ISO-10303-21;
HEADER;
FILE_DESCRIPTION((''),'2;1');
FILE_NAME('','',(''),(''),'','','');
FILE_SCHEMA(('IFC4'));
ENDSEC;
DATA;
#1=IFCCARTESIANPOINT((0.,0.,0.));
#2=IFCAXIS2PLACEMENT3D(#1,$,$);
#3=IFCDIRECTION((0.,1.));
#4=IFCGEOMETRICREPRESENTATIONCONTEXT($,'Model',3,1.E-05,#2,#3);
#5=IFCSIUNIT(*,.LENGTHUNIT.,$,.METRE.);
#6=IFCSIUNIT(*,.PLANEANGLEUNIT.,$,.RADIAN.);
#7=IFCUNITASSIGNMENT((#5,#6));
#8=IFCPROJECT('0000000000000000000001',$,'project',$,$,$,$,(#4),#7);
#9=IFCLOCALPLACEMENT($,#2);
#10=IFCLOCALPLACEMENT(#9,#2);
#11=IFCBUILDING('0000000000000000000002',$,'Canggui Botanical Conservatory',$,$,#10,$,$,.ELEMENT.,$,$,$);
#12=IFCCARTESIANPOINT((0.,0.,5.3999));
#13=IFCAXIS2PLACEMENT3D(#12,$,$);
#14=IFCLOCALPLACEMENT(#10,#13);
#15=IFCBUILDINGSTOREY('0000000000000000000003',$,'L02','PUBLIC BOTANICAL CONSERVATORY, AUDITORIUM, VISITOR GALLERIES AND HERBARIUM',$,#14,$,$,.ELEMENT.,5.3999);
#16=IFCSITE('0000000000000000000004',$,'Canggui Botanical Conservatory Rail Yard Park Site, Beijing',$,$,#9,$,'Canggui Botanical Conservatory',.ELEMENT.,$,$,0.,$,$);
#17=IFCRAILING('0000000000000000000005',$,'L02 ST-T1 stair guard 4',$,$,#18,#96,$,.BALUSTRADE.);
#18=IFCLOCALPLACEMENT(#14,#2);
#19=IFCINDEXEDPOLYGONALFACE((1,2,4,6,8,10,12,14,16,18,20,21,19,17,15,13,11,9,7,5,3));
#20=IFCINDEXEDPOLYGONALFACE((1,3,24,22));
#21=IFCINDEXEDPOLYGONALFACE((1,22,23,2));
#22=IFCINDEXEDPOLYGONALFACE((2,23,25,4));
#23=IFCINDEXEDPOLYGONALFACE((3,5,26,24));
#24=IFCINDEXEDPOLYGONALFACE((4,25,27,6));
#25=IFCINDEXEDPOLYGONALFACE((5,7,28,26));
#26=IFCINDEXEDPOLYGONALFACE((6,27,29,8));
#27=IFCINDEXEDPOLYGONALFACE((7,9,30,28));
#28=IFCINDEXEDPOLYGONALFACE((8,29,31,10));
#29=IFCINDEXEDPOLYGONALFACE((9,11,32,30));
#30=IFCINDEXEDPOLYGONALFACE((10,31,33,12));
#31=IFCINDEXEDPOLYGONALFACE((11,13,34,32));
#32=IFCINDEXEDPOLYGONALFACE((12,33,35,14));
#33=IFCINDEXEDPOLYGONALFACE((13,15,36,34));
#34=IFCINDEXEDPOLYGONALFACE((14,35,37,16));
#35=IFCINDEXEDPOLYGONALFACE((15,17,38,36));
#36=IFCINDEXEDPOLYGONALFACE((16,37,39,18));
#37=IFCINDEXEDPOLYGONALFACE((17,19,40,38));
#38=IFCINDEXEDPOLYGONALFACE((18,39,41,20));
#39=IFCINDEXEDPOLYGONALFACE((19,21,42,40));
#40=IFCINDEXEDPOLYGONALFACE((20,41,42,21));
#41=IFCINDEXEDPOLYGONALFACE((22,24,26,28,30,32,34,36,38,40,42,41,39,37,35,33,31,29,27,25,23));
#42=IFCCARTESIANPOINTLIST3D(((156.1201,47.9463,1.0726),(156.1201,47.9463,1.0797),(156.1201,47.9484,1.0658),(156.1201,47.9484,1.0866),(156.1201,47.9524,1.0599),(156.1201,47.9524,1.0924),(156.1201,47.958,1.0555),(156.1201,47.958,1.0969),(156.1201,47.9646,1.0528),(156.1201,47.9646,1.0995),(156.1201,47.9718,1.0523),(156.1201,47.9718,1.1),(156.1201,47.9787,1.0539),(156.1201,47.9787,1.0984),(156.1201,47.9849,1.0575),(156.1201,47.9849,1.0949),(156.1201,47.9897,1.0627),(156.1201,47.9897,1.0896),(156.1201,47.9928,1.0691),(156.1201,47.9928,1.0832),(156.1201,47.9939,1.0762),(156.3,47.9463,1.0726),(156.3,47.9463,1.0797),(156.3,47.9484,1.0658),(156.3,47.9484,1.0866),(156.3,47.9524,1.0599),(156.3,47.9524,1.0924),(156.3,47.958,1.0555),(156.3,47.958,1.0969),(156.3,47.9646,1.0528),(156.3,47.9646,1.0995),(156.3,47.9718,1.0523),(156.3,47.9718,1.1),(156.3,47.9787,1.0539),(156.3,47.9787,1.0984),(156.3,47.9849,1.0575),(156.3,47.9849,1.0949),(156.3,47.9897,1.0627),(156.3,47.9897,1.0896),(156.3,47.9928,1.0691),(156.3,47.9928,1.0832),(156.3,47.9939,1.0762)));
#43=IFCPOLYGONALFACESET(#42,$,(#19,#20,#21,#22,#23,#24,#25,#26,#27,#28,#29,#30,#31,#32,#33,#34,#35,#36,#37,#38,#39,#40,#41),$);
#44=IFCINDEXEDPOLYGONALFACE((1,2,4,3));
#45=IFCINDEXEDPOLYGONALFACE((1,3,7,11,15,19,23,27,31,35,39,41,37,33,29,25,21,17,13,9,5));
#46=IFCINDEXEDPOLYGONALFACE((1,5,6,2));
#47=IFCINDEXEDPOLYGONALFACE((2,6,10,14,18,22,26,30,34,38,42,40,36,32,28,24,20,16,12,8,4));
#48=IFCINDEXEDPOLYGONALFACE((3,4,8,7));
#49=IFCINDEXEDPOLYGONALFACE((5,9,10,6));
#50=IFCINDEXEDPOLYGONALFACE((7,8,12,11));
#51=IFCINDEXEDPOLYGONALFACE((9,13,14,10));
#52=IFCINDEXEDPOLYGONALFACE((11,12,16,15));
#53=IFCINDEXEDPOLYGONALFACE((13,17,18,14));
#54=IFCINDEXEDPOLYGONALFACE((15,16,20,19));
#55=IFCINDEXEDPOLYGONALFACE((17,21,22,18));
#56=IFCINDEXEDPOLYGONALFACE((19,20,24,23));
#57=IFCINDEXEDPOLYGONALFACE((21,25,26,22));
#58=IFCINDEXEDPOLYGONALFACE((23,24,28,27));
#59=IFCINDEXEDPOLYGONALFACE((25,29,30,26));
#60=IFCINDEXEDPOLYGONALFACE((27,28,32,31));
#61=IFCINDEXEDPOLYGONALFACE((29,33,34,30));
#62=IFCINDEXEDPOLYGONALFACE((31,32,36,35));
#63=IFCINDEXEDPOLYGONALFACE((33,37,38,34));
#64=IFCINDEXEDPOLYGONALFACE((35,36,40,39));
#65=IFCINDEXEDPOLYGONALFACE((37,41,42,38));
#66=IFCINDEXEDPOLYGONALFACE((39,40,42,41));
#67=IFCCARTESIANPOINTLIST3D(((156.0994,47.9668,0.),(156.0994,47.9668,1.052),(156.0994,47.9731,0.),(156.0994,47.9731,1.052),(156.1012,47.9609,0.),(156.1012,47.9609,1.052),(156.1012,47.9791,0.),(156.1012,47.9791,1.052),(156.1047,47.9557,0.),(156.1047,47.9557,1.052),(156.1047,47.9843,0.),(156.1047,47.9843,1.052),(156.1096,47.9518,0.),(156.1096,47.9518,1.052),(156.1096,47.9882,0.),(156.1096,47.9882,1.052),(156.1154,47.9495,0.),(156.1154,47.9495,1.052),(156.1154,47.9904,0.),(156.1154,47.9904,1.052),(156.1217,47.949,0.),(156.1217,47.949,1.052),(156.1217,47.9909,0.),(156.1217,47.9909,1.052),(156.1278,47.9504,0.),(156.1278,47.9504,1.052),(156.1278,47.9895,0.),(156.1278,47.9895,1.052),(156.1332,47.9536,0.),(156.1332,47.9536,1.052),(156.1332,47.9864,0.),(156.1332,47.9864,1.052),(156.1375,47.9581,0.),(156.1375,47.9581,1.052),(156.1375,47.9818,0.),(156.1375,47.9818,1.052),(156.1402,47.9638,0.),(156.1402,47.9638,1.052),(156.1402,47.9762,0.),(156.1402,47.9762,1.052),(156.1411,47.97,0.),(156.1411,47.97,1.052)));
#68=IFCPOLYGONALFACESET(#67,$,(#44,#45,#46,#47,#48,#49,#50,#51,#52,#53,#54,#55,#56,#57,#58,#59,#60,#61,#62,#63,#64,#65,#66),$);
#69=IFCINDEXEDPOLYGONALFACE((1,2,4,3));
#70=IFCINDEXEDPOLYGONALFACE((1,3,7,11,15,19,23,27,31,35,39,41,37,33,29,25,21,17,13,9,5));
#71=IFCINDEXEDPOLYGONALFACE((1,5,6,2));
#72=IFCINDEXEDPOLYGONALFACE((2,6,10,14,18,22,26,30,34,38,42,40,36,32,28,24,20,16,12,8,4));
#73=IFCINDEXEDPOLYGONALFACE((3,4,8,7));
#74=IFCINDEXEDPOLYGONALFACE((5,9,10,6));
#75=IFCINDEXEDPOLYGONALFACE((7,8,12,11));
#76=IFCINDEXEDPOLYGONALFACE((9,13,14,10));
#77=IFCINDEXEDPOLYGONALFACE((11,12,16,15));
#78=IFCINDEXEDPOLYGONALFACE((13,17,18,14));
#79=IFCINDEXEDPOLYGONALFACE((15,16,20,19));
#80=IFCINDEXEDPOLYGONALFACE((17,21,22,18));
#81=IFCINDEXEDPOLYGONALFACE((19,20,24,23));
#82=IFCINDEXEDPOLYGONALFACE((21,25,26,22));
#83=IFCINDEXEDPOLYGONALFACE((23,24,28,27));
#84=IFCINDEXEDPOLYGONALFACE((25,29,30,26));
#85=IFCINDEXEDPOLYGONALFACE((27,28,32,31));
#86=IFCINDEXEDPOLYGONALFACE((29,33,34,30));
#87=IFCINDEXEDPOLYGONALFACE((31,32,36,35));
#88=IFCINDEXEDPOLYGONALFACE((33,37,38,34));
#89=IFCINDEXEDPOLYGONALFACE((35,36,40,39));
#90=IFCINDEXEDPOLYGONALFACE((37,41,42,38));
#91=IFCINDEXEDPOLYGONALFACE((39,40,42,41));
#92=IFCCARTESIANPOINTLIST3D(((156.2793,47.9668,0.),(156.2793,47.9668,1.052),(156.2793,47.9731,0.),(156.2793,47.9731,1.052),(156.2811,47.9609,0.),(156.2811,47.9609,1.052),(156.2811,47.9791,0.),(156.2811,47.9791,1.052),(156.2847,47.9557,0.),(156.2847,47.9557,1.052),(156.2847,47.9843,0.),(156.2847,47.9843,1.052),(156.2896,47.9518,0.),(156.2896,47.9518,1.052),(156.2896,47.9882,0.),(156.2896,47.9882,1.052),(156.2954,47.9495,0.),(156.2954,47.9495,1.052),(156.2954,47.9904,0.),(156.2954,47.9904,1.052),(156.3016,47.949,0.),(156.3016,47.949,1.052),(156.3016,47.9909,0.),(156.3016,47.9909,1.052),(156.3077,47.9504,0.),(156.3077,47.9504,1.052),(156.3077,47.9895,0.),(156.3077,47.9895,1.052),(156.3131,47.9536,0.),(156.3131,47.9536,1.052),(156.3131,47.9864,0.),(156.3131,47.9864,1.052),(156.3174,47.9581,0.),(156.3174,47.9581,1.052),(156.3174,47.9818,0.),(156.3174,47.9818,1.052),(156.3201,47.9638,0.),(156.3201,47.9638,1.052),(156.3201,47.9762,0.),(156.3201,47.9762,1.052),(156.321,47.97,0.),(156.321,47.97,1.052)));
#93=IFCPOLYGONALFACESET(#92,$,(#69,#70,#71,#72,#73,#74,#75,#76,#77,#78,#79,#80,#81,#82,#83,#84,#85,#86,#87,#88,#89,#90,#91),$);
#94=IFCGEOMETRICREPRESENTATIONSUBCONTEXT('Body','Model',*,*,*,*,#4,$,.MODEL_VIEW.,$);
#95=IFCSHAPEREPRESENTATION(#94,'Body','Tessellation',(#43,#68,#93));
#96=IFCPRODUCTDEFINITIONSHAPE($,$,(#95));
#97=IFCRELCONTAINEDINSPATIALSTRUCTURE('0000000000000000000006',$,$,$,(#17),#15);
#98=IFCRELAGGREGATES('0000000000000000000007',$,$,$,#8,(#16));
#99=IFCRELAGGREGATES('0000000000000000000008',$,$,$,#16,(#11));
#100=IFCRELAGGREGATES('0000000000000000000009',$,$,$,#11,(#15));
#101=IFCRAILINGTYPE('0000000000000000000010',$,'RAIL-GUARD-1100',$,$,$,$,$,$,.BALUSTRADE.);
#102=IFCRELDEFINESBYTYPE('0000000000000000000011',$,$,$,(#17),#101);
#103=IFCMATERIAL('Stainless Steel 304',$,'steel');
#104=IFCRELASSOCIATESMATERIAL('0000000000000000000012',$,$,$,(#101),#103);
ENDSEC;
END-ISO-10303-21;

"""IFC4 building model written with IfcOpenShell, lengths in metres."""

from ifc_helpers import new_model, si_unit, direction, frame, origin, origin_2d, place, context, subcontext, project, spatial, circle, extrude, material, type_object, element, save


model = new_model("IFC4")

# Units and contexts
model_context = context("Model", 3, precision=1e-05, world=origin(), true_north=direction((0.0, 1.0)))
body_context = subcontext(model_context, "Body", "Model", "MODEL_VIEW")
ifc_project = project(units=[si_unit("LENGTHUNIT", "METRE"), si_unit("PLANEANGLEUNIT", "RADIAN")], contexts=[model_context])

# Site, building, storey
site_placement = place(None, origin())
site = spatial("IfcSite", under=ifc_project, at=site_placement, Name="Canggui Botanical Conservatory Rail Yard Park Site, Beijing", LongName="Canggui Botanical Conservatory", CompositionType="ELEMENT", RefElevation=0.0)
building_placement = place(site_placement, origin())
building = spatial("IfcBuilding", under=site, at=building_placement, Name="Canggui Botanical Conservatory", CompositionType="ELEMENT")
storey_placement = place(building_placement, frame((0.0, 0.0, 5.3999)))
storey = spatial("IfcBuildingStorey", under=building, at=storey_placement, Name="L02", Description="PUBLIC BOTANICAL CONSERVATORY, AUDITORIUM, VISITOR GALLERIES AND HERBARIUM", CompositionType="ELEMENT", Elevation=5.3999)

# Railing
ifc_material_1 = material(Name="Stainless Steel 304", Category="steel")
railing_type_1 = type_object("IfcRailingType", Name="RAIL-GUARD-1100", PredefinedType="BALUSTRADE", material=ifc_material_1)
railing_1_placement = place(storey_placement, frame((156.1201, 47.97, 0.0)))
element("IfcRailing", 1, at=railing_1_placement, inside=storey, type_object=railing_type_1, Name="L02 ST-T1 stair guard 4", PredefinedType="BALUSTRADE", context=body_context, shape_type="SweptSolid", body=[
    extrude(circle(Radius=0.0239, at=origin_2d()), frame((0.0, 0.0, 1.0762), z_axis=(1.0, 0.0, 0.0), x_axis=(0.0, 1.0, 0.0)), (0.0, 0.0, 1.0), 0.1799),
    extrude(circle(Radius=0.021, at=origin_2d()), origin(), (0.0, 0.0, 1.0), 1.052),
    extrude(circle(Radius=0.021, at=origin_2d()), frame((0.1799, 0.0, 0.0)), (0.0, 0.0, 1.0), 1.052),
])

save(model, "model.ifc")
